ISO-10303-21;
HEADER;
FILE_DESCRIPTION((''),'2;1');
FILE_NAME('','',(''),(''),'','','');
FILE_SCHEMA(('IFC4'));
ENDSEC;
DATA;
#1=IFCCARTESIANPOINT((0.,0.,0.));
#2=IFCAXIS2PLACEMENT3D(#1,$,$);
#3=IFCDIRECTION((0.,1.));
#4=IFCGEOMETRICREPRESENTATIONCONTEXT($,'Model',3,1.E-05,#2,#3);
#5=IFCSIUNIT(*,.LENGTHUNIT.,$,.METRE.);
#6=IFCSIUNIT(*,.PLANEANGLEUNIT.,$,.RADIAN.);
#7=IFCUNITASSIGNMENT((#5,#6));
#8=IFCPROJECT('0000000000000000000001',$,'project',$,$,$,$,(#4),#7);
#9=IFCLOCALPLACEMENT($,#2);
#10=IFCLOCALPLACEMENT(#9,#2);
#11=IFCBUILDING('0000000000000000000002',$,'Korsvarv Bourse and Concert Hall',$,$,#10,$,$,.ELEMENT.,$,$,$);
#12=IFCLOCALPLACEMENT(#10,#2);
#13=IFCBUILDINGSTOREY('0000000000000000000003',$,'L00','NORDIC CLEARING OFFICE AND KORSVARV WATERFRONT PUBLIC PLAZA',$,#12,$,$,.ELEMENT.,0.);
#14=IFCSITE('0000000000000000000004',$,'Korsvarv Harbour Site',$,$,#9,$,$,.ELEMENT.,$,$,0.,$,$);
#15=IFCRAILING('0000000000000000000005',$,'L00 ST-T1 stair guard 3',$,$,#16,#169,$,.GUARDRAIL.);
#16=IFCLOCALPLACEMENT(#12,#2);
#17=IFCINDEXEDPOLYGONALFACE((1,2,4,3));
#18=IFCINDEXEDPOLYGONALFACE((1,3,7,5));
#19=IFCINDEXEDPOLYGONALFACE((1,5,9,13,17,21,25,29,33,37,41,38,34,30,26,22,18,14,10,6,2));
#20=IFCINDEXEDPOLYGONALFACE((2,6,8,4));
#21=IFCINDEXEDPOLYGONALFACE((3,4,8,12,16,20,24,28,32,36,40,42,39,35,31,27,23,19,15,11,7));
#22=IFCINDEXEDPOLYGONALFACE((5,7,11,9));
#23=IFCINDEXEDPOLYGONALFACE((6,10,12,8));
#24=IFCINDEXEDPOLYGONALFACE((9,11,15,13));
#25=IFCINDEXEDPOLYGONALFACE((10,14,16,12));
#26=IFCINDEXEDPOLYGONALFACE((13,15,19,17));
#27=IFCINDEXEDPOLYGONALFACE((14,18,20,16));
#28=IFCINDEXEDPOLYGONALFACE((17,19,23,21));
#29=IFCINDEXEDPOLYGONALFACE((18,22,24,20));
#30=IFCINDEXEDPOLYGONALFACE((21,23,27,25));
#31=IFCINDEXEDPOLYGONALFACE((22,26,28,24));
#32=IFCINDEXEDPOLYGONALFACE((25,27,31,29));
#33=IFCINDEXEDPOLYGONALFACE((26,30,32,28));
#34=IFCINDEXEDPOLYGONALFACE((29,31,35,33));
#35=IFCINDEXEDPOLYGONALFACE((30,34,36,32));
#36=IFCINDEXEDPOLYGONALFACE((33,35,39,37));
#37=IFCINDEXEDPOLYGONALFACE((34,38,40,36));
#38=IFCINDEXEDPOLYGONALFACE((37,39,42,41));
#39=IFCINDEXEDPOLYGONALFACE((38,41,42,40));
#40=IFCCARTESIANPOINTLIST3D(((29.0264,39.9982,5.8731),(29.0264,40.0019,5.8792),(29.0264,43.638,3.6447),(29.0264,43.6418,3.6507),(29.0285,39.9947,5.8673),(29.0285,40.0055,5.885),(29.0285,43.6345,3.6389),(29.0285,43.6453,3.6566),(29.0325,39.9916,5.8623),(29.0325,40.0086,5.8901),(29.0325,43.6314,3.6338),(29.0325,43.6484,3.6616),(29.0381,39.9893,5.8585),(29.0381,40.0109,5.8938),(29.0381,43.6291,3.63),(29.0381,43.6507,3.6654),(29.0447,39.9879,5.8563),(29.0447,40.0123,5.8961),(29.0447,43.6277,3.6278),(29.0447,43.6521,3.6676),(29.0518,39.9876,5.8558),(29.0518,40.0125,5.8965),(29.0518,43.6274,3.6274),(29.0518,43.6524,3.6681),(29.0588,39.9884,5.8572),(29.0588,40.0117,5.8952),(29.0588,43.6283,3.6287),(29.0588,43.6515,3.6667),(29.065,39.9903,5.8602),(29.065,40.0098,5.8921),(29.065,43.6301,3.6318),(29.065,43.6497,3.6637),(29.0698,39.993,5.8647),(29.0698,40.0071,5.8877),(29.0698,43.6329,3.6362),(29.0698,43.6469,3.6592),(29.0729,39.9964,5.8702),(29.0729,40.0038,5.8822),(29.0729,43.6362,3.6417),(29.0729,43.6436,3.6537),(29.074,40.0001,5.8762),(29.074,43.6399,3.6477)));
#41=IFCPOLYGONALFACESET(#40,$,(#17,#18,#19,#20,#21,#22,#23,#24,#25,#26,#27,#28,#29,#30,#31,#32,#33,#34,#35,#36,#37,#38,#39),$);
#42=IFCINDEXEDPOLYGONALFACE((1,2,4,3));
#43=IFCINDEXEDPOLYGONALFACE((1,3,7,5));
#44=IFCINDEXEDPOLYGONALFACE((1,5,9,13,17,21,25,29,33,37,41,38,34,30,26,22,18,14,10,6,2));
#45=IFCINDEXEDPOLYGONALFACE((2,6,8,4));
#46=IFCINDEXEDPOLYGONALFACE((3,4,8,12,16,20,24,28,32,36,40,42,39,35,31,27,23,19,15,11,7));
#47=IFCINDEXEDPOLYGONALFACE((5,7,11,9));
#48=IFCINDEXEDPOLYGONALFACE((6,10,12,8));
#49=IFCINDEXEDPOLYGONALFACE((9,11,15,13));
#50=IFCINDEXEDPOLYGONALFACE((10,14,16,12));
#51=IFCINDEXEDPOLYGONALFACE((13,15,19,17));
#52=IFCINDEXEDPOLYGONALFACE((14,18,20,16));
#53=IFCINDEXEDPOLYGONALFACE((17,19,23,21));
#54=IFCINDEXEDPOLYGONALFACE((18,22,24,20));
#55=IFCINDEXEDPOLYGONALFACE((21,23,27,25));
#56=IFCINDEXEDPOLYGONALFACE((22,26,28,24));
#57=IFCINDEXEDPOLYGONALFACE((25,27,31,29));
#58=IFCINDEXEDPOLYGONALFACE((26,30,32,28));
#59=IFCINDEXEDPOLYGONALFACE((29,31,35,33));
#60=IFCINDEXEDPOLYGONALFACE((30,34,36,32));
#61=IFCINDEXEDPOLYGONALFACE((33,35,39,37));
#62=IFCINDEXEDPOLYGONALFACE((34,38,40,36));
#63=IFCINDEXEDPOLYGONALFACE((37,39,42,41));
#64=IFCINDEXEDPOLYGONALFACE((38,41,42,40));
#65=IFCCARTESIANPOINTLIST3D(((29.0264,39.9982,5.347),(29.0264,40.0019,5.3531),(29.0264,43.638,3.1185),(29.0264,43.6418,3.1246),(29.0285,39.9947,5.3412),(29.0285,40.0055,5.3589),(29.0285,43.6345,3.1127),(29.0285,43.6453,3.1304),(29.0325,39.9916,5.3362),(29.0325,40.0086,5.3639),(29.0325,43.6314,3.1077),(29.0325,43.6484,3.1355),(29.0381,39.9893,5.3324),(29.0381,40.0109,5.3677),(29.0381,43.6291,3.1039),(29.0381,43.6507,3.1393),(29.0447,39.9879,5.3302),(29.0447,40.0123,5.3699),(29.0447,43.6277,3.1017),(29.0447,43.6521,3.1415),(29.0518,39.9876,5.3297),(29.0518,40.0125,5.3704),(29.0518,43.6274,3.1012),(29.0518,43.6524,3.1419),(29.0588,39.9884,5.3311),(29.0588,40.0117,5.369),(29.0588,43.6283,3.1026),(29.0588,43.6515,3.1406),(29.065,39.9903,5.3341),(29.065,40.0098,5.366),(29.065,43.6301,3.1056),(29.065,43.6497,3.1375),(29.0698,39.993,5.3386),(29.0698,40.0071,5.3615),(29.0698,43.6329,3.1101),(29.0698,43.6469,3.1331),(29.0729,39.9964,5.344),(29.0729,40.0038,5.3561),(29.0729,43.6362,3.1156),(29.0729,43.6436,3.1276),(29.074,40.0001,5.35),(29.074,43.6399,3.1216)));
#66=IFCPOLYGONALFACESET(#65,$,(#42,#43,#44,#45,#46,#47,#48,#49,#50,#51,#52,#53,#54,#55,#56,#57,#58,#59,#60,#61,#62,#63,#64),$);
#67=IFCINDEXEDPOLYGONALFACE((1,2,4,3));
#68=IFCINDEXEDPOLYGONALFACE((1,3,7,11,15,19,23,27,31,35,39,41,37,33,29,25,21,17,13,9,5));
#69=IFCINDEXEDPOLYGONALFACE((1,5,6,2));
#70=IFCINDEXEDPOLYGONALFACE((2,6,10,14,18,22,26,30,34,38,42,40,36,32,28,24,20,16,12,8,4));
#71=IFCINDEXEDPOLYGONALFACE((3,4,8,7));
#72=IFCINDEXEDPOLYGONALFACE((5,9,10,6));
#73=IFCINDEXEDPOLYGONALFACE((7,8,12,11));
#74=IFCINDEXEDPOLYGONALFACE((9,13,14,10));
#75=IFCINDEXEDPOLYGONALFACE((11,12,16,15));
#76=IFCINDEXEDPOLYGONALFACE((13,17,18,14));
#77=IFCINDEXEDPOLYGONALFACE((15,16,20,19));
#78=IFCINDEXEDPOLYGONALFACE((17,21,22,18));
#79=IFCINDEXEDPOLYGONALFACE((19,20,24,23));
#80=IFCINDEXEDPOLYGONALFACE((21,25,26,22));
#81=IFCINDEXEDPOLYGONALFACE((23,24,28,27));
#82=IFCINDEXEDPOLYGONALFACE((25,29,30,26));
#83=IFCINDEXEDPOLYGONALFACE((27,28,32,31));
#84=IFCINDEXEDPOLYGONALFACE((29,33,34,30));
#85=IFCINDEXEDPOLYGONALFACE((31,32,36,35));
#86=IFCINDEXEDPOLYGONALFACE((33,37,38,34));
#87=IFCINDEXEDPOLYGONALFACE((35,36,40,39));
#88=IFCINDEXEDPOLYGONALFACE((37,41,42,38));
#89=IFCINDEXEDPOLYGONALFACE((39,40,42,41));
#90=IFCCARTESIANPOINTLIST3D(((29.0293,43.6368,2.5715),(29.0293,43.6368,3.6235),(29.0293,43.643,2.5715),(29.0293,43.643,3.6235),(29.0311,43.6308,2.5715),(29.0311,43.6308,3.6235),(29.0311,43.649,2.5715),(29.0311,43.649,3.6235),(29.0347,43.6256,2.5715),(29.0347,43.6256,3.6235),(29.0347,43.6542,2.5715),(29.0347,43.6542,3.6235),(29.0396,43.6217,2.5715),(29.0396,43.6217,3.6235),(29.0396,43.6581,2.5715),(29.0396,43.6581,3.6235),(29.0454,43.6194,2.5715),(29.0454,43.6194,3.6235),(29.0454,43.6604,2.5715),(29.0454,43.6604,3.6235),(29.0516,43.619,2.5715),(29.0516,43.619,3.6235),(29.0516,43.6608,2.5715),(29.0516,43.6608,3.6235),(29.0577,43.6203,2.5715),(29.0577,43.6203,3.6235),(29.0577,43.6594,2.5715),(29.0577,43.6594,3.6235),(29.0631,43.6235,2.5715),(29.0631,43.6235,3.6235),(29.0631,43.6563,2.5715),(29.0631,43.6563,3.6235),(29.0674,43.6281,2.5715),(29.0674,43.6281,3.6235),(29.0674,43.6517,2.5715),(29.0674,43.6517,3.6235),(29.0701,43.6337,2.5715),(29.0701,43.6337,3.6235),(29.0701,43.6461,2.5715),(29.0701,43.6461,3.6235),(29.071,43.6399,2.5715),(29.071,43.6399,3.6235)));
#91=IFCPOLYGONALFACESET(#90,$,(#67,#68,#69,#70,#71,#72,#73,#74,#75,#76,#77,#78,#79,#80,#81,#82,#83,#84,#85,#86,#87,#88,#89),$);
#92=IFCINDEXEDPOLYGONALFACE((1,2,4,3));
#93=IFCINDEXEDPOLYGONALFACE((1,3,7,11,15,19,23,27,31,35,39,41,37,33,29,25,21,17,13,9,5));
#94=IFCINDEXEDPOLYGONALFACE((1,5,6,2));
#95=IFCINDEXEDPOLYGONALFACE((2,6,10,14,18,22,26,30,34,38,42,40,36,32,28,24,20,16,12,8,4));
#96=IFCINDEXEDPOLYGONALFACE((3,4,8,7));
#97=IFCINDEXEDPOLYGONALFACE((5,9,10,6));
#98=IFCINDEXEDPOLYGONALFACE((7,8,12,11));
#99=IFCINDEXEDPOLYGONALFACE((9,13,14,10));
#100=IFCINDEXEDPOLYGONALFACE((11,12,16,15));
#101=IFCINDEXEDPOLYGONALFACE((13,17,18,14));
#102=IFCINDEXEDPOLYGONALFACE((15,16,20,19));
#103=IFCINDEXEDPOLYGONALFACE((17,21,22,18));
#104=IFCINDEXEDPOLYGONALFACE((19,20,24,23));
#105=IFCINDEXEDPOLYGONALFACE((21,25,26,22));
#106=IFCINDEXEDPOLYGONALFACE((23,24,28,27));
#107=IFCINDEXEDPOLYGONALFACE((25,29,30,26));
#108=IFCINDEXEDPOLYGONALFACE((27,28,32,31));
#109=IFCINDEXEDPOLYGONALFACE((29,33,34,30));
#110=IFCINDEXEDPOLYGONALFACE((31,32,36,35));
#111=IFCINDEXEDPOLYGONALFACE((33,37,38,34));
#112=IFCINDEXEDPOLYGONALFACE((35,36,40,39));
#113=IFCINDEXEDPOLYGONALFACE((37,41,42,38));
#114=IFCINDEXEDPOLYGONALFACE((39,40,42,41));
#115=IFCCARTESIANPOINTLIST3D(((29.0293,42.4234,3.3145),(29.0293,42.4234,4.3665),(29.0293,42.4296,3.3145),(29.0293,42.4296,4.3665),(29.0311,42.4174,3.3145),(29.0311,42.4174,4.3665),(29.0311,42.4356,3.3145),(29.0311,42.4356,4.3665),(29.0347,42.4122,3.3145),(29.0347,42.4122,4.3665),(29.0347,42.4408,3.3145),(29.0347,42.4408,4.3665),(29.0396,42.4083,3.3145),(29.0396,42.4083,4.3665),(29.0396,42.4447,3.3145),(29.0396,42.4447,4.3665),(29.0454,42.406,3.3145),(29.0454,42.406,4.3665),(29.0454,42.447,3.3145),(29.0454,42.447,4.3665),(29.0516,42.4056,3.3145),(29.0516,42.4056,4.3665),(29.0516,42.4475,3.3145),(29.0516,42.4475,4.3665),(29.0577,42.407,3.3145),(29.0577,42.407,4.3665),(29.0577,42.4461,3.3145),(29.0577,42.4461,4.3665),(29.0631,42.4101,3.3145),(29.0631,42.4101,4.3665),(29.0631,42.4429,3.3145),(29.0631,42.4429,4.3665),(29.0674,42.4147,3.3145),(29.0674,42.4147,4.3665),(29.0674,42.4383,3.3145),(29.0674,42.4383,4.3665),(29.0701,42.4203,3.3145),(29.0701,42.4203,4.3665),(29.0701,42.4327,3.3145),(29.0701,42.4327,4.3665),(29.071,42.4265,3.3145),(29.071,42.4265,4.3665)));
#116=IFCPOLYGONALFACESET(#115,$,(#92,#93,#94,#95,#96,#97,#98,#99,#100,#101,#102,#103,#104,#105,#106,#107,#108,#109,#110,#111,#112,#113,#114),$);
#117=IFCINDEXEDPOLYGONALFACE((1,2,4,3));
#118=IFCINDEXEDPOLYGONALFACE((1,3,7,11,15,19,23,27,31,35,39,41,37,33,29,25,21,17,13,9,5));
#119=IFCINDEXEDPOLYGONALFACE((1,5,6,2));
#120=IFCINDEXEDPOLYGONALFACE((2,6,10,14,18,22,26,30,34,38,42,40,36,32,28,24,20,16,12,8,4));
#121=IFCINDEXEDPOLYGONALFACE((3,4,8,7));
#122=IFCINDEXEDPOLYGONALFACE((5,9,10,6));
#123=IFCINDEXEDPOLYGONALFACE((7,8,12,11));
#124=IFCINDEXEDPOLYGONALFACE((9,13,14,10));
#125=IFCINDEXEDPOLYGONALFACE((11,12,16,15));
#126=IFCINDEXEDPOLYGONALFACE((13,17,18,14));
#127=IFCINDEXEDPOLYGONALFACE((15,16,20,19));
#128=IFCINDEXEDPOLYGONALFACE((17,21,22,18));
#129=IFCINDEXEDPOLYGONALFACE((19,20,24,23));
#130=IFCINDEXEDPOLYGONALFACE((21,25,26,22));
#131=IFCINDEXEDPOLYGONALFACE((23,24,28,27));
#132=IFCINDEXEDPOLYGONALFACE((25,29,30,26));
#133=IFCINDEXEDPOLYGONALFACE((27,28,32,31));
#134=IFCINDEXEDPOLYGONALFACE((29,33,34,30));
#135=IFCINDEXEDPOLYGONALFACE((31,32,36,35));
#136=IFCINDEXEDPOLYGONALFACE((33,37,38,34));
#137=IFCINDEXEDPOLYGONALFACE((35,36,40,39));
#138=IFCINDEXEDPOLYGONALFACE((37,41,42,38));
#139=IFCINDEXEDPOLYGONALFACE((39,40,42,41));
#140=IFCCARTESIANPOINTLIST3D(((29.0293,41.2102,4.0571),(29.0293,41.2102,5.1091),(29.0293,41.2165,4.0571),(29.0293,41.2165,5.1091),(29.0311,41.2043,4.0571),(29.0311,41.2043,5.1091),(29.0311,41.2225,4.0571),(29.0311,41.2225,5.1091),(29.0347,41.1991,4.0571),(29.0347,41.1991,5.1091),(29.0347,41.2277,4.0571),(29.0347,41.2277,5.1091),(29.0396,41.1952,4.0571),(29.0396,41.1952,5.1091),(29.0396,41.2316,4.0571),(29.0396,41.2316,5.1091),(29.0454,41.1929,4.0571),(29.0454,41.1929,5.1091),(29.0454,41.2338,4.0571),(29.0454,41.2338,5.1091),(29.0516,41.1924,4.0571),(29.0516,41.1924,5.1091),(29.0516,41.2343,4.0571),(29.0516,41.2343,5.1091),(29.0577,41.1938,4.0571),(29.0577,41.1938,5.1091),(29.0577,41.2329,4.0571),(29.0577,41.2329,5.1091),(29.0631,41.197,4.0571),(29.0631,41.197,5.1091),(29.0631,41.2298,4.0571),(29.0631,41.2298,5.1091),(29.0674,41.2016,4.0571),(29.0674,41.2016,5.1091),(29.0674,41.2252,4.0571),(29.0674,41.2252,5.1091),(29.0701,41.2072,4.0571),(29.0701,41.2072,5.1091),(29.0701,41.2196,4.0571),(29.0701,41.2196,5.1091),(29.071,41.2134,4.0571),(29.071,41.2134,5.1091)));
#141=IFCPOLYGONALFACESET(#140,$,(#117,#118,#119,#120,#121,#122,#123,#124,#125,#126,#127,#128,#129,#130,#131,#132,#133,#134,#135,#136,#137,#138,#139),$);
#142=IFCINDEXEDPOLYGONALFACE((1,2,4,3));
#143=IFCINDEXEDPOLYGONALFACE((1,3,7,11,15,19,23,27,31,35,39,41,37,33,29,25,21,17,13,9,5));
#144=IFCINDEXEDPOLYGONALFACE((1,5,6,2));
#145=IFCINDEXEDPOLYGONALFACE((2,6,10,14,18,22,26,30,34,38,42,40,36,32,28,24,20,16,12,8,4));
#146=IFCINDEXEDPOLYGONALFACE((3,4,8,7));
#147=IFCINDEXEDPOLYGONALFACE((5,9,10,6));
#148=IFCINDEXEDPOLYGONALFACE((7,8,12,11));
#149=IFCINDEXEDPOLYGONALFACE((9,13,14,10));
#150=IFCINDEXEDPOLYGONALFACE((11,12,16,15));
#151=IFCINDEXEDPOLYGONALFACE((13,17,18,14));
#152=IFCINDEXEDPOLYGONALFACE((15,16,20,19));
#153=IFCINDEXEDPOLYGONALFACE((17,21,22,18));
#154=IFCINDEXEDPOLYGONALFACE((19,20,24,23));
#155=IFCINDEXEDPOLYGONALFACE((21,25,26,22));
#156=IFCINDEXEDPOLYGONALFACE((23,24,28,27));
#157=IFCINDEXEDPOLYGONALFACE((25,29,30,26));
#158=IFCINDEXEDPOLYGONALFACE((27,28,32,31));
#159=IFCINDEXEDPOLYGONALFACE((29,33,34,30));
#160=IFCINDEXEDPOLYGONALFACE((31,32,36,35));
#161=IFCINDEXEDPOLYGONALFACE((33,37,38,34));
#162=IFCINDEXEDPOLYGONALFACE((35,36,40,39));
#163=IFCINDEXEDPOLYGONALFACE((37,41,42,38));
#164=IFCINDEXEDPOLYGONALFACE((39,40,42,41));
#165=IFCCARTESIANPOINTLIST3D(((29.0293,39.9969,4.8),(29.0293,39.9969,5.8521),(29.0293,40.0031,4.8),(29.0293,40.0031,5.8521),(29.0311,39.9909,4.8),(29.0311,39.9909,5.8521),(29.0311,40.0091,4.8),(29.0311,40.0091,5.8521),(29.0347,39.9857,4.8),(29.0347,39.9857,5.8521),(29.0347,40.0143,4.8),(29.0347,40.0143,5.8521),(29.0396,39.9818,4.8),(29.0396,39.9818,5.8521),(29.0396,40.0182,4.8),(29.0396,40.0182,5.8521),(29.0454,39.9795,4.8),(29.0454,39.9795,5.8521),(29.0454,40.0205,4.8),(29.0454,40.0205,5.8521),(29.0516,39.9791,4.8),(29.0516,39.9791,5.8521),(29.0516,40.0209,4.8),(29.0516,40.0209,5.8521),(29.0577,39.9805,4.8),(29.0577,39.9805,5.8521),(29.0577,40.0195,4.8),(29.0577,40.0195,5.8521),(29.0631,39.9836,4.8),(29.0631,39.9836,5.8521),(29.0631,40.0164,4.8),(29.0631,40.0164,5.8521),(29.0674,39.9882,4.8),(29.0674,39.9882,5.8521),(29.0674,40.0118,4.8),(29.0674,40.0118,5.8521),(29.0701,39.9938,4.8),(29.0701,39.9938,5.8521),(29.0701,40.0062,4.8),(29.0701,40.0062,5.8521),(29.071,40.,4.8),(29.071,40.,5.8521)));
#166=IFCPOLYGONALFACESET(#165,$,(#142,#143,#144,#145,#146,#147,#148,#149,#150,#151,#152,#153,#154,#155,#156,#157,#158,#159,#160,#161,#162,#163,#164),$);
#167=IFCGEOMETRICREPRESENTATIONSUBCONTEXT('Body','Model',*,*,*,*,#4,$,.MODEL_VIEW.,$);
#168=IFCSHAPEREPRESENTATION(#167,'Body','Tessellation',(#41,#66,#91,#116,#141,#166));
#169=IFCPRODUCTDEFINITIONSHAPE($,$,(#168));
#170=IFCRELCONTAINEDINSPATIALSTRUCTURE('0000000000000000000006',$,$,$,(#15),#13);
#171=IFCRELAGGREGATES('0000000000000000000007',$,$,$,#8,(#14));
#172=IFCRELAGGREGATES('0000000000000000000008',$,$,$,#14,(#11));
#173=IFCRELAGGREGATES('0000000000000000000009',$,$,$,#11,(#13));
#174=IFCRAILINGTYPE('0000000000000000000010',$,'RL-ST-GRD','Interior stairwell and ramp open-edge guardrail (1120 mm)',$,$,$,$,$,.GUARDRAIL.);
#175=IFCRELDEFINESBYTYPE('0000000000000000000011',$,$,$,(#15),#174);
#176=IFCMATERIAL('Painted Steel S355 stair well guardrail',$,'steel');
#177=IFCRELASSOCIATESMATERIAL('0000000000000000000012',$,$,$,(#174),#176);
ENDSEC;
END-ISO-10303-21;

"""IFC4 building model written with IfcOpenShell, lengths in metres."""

from ifc_helpers import new_model, si_unit, direction, frame, origin, origin_2d, place, context, subcontext, project, spatial, circle, extrude, material, type_object, element, save


model = new_model("IFC4")

# Units and contexts
model_context = context("Model", 3, precision=1e-05, world=origin(), true_north=direction((0.0, 1.0)))
body_context = subcontext(model_context, "Body", "Model", "MODEL_VIEW")
ifc_project = project(units=[si_unit("LENGTHUNIT", "METRE"), si_unit("PLANEANGLEUNIT", "RADIAN")], contexts=[model_context])

# Site, building, storey
site_placement = place(None, origin())
site = spatial("IfcSite", under=ifc_project, at=site_placement, Name="Korsvarv Harbour Site", CompositionType="ELEMENT", RefElevation=0.0)
building_placement = place(site_placement, origin())
building = spatial("IfcBuilding", under=site, at=building_placement, Name="Korsvarv Bourse and Concert Hall", CompositionType="ELEMENT")
storey_placement = place(building_placement, origin())
storey = spatial("IfcBuildingStorey", under=building, at=storey_placement, Name="L00", Description="NORDIC CLEARING OFFICE AND KORSVARV WATERFRONT PUBLIC PLAZA", CompositionType="ELEMENT", Elevation=0.0)

# Railing
ifc_material_1 = material(Name="Painted Steel S355 stair well guardrail", Category="steel")
railing_type_1 = type_object("IfcRailingType", Name="RL-ST-GRD", Description="Interior stairwell and ramp open-edge guardrail (1120 mm)", PredefinedType="GUARDRAIL", material=ifc_material_1)
railing_1_placement = place(storey_placement, frame((29.05, 43.6399, 2.5715)))
element("IfcRailing", 1, at=railing_1_placement, inside=storey, type_object=railing_type_1, Name="L00 ST-T1 stair guard 3", PredefinedType="GUARDRAIL", context=body_context, shape_type="SweptSolid", body=[
    extrude(circle(Radius=0.0239, at=origin_2d()), frame((0.0, 0.0, 1.0762), z_axis=(0.0, -0.85285, 0.522156), x_axis=(1.0, 0.0, 0.0)), (0.0, 0.0, 1.0), 4.2678),
    extrude(circle(Radius=0.0239, at=origin_2d()), frame((0.0, 0.0, 0.55), z_axis=(0.0, -0.85285, 0.522156), x_axis=(1.0, 0.0, 0.0)), (0.0, 0.0, 1.0), 4.2678),
    extrude(circle(Radius=0.021, at=origin_2d()), origin(), (0.0, 0.0, 1.0), 1.052),
    extrude(circle(Radius=0.021, at=origin_2d()), frame((0.0, -1.2134, 0.7429)), (0.0, 0.0, 1.0), 1.052),
    extrude(circle(Radius=0.021, at=origin_2d()), frame((0.0, -2.4265, 1.4856)), (0.0, 0.0, 1.0), 1.052),
    extrude(circle(Radius=0.021, at=origin_2d()), frame((0.0, -3.6399, 2.2285)), (0.0, 0.0, 1.0), 1.052),
])

save(model, "model.ifc")
